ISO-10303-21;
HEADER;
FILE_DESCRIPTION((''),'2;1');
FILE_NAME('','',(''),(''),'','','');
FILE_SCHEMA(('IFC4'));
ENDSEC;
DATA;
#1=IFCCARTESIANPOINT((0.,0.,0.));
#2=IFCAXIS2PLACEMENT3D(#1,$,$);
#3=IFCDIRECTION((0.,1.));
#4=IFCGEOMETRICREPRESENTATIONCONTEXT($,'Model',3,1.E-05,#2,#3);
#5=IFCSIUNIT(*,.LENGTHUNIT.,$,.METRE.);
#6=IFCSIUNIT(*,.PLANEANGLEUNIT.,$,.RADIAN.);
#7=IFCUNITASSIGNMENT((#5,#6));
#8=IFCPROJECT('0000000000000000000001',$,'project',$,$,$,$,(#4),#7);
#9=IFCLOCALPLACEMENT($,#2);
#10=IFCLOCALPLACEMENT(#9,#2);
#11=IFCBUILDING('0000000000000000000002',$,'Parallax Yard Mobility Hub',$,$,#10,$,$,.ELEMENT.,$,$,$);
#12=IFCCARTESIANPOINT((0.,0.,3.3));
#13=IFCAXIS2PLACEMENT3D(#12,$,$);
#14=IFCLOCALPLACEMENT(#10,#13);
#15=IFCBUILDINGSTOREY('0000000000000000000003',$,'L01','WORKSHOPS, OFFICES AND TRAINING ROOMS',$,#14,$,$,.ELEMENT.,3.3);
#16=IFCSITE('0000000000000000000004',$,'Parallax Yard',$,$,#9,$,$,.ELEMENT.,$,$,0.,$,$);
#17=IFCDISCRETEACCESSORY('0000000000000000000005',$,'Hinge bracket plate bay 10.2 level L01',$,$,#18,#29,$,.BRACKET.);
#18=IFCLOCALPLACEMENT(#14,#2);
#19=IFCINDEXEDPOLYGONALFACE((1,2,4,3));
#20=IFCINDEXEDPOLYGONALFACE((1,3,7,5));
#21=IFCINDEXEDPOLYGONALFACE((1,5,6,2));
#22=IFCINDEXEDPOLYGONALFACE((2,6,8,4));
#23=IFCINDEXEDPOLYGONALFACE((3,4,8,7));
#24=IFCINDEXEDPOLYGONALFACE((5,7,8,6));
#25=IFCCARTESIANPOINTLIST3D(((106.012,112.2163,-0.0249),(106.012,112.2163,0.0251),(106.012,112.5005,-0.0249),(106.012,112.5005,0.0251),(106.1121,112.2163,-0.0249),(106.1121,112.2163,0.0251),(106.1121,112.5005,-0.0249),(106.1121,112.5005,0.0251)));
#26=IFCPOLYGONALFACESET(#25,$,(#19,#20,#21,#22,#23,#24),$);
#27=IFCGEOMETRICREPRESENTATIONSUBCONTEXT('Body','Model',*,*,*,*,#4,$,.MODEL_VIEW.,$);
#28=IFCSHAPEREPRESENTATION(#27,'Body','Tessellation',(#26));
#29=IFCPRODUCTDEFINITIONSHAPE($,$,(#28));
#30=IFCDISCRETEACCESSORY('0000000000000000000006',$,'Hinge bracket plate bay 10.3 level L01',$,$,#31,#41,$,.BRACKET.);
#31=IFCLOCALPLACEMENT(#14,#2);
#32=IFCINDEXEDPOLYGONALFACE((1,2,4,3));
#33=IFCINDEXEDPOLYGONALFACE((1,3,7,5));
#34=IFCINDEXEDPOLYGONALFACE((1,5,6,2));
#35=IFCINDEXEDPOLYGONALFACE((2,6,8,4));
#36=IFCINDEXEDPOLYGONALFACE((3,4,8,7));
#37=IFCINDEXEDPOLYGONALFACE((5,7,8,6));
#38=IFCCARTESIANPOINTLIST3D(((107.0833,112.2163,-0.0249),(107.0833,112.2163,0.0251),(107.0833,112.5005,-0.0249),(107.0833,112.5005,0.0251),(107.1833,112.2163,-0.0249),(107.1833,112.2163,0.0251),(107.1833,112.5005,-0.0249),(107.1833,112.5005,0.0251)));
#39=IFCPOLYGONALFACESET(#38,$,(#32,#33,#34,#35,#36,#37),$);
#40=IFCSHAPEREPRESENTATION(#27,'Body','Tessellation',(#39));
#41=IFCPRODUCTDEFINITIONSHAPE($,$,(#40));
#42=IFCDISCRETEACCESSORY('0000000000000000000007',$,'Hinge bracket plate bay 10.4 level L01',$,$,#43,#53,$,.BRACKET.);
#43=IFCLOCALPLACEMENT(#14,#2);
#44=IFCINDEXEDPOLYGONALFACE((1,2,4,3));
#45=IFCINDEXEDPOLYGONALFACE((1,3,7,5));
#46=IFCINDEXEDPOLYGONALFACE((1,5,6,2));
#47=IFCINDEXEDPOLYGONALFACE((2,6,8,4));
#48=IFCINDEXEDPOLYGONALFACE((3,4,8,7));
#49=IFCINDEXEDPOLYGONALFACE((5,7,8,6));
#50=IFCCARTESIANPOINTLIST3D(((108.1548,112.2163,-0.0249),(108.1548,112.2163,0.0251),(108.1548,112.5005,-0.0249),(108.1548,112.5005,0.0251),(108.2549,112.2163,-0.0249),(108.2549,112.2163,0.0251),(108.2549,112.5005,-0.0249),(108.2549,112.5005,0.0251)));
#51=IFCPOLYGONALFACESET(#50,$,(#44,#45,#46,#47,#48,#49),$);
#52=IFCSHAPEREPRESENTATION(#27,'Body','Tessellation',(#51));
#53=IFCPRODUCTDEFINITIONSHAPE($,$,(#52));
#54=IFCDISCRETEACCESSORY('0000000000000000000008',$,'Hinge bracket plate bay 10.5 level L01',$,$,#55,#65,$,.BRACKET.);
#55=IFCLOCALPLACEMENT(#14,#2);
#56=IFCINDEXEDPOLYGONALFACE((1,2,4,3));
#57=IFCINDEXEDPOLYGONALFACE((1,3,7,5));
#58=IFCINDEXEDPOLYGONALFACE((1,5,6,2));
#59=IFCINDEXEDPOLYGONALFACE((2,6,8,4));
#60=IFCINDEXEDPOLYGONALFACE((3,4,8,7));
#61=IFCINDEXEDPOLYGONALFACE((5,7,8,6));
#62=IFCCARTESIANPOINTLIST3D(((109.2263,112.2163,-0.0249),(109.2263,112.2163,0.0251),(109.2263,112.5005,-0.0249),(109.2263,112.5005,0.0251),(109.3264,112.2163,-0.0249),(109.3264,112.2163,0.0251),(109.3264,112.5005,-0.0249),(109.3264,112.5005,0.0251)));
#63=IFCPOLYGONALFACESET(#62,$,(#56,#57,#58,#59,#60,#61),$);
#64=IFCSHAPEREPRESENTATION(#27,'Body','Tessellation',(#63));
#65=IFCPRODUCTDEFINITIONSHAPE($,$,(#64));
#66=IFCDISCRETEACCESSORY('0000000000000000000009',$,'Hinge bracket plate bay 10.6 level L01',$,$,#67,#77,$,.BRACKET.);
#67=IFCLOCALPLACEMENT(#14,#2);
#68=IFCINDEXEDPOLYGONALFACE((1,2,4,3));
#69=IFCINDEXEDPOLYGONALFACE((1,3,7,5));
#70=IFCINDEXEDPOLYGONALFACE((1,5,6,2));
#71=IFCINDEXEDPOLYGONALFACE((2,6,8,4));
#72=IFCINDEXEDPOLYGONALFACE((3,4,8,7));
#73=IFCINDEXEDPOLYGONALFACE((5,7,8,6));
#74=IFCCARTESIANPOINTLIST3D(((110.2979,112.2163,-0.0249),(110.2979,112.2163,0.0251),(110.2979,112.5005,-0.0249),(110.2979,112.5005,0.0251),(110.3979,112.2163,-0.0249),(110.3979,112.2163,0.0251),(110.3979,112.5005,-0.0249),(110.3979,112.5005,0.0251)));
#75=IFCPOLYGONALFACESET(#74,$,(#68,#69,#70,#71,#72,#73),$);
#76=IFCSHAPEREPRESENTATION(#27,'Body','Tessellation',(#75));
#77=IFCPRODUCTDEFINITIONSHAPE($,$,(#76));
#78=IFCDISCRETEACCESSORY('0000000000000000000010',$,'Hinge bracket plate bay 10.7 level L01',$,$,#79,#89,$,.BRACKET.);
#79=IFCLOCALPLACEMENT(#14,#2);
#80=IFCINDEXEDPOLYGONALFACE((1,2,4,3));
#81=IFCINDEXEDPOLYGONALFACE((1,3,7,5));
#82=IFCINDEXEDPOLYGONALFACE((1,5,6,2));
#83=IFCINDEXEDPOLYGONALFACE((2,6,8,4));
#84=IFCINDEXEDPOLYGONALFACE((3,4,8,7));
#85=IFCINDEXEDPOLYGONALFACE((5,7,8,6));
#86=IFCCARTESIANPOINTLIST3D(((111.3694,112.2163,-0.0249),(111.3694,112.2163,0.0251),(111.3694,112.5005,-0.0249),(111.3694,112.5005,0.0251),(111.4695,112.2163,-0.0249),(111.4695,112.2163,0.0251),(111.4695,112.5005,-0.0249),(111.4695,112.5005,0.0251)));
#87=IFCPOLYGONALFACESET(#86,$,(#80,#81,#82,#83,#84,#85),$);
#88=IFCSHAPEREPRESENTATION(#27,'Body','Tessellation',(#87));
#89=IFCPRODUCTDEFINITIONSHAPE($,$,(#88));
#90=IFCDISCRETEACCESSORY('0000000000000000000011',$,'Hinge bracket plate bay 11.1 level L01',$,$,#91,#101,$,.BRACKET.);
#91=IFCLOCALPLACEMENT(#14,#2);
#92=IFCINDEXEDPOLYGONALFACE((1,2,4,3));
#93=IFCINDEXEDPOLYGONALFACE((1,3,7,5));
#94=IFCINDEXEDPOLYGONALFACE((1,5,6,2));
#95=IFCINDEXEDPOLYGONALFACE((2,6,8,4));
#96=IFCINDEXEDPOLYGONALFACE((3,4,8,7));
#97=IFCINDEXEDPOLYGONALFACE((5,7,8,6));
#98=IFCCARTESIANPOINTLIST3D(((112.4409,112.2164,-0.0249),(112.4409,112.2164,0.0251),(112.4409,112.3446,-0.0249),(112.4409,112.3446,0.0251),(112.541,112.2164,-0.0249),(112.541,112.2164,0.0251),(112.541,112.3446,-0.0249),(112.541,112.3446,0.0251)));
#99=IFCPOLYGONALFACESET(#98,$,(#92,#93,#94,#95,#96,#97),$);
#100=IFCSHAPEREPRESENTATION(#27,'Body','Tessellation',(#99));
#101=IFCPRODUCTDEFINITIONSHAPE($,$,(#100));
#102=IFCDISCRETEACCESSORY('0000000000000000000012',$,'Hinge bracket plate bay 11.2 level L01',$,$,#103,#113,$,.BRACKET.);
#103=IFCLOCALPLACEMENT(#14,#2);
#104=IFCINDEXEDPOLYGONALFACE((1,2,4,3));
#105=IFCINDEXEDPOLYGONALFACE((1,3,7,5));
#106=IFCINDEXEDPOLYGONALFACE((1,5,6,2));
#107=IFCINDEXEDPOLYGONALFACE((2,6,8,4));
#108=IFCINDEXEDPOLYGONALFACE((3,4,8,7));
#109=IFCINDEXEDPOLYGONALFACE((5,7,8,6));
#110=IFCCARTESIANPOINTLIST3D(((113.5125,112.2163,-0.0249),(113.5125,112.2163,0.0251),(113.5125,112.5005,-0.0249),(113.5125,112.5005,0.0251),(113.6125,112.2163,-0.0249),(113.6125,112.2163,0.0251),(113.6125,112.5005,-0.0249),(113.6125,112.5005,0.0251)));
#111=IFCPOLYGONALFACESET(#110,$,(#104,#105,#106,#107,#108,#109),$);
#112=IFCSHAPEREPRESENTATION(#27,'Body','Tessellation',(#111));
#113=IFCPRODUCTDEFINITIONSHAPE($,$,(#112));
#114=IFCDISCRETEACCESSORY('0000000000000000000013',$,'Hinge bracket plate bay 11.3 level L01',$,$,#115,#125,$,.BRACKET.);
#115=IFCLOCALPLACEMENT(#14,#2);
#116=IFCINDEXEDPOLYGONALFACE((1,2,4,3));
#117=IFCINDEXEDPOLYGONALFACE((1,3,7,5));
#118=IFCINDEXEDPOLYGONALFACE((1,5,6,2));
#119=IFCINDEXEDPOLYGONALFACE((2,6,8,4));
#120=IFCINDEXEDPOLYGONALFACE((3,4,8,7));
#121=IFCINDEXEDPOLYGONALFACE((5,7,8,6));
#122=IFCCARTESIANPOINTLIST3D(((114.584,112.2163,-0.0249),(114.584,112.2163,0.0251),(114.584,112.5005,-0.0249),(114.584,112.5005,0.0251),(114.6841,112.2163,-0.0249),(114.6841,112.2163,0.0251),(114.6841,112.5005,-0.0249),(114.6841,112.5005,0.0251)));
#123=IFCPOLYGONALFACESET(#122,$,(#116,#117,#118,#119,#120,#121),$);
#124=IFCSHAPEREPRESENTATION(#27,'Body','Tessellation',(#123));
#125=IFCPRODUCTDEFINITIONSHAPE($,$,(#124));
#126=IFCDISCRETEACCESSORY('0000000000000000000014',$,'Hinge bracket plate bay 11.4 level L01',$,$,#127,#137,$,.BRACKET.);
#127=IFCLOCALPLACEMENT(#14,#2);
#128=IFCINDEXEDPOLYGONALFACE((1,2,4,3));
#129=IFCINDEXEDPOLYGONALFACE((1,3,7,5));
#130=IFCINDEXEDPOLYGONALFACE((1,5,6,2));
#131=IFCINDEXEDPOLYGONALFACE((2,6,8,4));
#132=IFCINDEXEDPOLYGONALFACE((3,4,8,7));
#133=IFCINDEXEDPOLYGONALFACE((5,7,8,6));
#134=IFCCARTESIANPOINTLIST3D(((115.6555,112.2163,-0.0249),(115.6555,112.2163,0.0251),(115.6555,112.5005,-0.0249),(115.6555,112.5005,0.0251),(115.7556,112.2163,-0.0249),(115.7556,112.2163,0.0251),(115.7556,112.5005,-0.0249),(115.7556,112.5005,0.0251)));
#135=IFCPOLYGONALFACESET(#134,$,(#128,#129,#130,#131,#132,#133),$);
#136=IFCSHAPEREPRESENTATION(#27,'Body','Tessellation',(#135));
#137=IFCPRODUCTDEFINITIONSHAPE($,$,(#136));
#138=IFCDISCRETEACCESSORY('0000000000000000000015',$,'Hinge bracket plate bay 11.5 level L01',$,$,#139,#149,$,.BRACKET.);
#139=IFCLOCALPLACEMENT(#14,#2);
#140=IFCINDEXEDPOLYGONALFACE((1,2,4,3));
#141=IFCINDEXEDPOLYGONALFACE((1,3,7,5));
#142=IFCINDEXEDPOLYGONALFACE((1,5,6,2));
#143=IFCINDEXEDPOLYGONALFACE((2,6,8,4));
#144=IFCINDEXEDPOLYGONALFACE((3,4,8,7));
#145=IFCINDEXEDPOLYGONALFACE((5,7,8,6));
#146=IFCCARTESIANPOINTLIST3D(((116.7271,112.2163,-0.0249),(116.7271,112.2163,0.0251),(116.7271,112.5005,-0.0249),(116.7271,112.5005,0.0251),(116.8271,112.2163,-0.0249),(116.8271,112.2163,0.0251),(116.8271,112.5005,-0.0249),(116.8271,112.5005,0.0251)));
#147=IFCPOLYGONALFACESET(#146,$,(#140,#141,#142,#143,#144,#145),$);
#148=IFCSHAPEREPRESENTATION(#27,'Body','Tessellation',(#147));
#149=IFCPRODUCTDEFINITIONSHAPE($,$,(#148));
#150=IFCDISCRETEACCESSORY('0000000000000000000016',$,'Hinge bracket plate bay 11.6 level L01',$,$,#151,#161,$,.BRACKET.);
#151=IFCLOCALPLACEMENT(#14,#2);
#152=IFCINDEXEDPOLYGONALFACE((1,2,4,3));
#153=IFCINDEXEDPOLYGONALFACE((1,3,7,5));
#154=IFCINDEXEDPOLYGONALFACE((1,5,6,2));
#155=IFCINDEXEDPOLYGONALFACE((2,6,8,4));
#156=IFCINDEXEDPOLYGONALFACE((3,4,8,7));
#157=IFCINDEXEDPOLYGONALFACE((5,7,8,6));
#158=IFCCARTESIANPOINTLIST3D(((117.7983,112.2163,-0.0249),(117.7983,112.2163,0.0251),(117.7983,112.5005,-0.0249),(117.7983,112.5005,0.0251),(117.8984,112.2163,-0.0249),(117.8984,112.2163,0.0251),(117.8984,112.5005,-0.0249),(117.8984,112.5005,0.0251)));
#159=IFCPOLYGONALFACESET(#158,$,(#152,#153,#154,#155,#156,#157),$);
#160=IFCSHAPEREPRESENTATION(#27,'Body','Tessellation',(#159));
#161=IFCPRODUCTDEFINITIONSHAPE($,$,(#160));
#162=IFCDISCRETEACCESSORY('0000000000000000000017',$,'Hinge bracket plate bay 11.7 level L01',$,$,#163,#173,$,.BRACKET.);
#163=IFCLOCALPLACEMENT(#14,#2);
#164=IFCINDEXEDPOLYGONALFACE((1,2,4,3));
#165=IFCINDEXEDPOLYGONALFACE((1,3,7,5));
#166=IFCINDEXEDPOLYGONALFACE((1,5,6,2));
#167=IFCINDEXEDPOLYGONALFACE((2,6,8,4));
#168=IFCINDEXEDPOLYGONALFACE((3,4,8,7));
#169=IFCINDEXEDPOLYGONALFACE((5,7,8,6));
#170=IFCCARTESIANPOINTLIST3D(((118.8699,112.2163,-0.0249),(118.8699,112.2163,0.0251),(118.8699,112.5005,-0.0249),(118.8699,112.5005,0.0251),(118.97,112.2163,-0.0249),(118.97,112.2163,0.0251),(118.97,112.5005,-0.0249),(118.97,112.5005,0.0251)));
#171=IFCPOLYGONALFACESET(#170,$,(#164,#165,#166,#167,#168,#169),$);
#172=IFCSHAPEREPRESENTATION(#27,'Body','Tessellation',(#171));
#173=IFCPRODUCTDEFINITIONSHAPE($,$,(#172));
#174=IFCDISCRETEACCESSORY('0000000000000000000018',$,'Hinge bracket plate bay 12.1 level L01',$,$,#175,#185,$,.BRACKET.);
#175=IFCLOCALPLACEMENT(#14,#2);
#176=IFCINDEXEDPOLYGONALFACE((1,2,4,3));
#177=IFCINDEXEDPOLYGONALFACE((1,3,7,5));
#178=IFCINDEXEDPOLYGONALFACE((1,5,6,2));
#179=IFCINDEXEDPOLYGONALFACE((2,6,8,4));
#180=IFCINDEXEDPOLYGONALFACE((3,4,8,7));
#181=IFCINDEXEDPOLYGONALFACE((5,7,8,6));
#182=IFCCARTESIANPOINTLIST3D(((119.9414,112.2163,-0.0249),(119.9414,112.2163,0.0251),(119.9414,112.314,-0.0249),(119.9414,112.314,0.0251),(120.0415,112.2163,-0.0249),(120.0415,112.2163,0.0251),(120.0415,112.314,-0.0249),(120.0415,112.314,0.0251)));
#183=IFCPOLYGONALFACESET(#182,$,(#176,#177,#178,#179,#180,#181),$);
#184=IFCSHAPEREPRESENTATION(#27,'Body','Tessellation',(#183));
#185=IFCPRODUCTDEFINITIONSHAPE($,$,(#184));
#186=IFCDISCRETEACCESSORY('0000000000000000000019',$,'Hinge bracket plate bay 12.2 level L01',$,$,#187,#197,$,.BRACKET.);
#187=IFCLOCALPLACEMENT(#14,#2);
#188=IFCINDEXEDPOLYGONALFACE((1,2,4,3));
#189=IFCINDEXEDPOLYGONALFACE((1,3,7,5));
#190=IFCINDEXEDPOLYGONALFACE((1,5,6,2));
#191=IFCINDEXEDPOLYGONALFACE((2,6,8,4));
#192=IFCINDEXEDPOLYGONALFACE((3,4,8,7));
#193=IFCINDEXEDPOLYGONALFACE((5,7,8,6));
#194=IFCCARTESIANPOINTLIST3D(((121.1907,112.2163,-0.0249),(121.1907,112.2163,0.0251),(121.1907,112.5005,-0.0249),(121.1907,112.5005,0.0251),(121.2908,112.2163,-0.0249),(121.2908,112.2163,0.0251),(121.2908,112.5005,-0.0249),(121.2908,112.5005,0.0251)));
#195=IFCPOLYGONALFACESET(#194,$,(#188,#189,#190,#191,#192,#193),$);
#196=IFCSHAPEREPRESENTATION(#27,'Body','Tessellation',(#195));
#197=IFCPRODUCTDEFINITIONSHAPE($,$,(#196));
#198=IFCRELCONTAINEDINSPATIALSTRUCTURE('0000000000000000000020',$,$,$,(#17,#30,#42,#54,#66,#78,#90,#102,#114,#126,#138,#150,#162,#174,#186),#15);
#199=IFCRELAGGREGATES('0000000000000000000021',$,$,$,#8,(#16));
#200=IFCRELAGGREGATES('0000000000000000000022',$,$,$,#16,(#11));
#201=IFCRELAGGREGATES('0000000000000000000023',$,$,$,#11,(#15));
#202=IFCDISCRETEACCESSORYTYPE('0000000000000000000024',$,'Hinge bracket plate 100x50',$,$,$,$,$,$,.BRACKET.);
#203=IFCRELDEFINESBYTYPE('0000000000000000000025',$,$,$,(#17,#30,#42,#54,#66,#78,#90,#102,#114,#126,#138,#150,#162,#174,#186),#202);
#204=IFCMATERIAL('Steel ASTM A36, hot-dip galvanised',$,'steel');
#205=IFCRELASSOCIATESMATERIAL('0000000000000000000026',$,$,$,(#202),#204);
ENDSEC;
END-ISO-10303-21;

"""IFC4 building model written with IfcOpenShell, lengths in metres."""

from ifc_helpers import new_model, si_unit, direction, frame, origin, origin_2d, place, context, subcontext, project, spatial, rectangle, extrude, material, type_object, element, save


model = new_model("IFC4")

# Units and contexts
model_context = context("Model", 3, precision=1e-05, world=origin(), true_north=direction((0.0, 1.0)))
body_context = subcontext(model_context, "Body", "Model", "MODEL_VIEW")
ifc_project = project(units=[si_unit("LENGTHUNIT", "METRE"), si_unit("PLANEANGLEUNIT", "RADIAN")], contexts=[model_context])

# Site, building, storey
site_placement = place(None, origin())
site = spatial("IfcSite", under=ifc_project, at=site_placement, Name="Parallax Yard", CompositionType="ELEMENT", RefElevation=0.0)
building_placement = place(site_placement, origin())
building = spatial("IfcBuilding", under=site, at=building_placement, Name="Parallax Yard Mobility Hub", CompositionType="ELEMENT")
storey_placement = place(building_placement, frame((0.0, 0.0, 3.3)))
storey = spatial("IfcBuildingStorey", under=building, at=storey_placement, Name="L01", Description="WORKSHOPS, OFFICES AND TRAINING ROOMS", CompositionType="ELEMENT", Elevation=3.3)

# Discrete accessories
ifc_material_1 = material(Name="Steel ASTM A36, hot-dip galvanised", Category="steel")
discrete_accessory_type_1 = type_object("IfcDiscreteAccessoryType", Name="Hinge bracket plate 100x50", PredefinedType="BRACKET", material=ifc_material_1)
for number, where, z_axis, x_axis, name in (
    (1, (106.062, 112.3584, -0.0249), (0.0, 0.0, 1.0), (0.0, -1.0, 0.0), "Hinge bracket plate bay 10.2 level L01"),
    (2, (107.1333, 112.3584, -0.0249), (0.0, 0.0, 1.0), (0.0, -1.0, 0.0), "Hinge bracket plate bay 10.3 level L01"),
    (3, (108.2048, 112.3584, -0.0249), (0.0, 0.0, 1.0), (0.0, -1.0, 0.0), "Hinge bracket plate bay 10.4 level L01"),
    (4, (109.2764, 112.3584, -0.0249), (0.0, 0.0, 1.0), (0.0, -1.0, 0.0), "Hinge bracket plate bay 10.5 level L01"),
    (5, (110.3479, 112.3584, -0.0249), (0.0, 0.0, 1.0), (0.0, -1.0, 0.0), "Hinge bracket plate bay 10.6 level L01"),
    (6, (111.4194, 112.3584, -0.0249), (0.0, 0.0, 1.0), (0.0, -1.0, 0.0), "Hinge bracket plate bay 10.7 level L01"),
):
    element("IfcDiscreteAccessory", number, at=place(storey_placement, frame(where, z_axis=z_axis, x_axis=x_axis)), inside=storey, type_object=discrete_accessory_type_1, Name=name, PredefinedType="BRACKET", context=body_context, shape_type="SweptSolid", body=[
        extrude(rectangle(XDim=0.2842, YDim=0.1001, at=origin_2d()), origin(), (0.0, 0.0, 1.0), 0.05),
    ])
discrete_accessory_1_placement = place(storey_placement, frame((112.491, 112.2805, -0.0249), z_axis=(0.0, 0.0, 1.0), x_axis=(0.0, -1.0, 0.0)))
element("IfcDiscreteAccessory", 7, at=discrete_accessory_1_placement, inside=storey, type_object=discrete_accessory_type_1, Name="Hinge bracket plate bay 11.1 level L01", PredefinedType="BRACKET", context=body_context, shape_type="SweptSolid", body=[
    extrude(rectangle(XDim=0.1282, YDim=0.1001, at=origin_2d()), origin(), (0.0, 0.0, 1.0), 0.05),
])
for number, where, z_axis, x_axis, name in (
    (8, (113.5625, 112.3584, -0.0249), (0.0, 0.0, 1.0), (0.0, -1.0, 0.0), "Hinge bracket plate bay 11.2 level L01"),
    (9, (114.634, 112.3584, -0.0249), (0.0, 0.0, 1.0), (0.0, -1.0, 0.0), "Hinge bracket plate bay 11.3 level L01"),
    (10, (115.7056, 112.3584, -0.0249), (0.0, 0.0, 1.0), (0.0, -1.0, 0.0), "Hinge bracket plate bay 11.4 level L01"),
    (11, (116.7771, 112.3584, -0.0249), (0.0, 0.0, 1.0), (0.0, -1.0, 0.0), "Hinge bracket plate bay 11.5 level L01"),
    (12, (117.8484, 112.3584, -0.0249), (0.0, 0.0, 1.0), (0.0, -1.0, 0.0), "Hinge bracket plate bay 11.6 level L01"),
    (13, (118.9199, 112.3584, -0.0249), (0.0, 0.0, 1.0), (0.0, -1.0, 0.0), "Hinge bracket plate bay 11.7 level L01"),
):
    element("IfcDiscreteAccessory", number, at=place(storey_placement, frame(where, z_axis=z_axis, x_axis=x_axis)), inside=storey, type_object=discrete_accessory_type_1, Name=name, PredefinedType="BRACKET", context=body_context, shape_type="SweptSolid", body=[
        extrude(rectangle(XDim=0.2842, YDim=0.1001, at=origin_2d()), origin(), (0.0, 0.0, 1.0), 0.05),
    ])
discrete_accessory_2_placement = place(storey_placement, frame((119.9915, 112.2651, -0.0249), z_axis=(0.0, 0.0, 1.0), x_axis=(0.0, -1.0, 0.0)))
element("IfcDiscreteAccessory", 14, at=discrete_accessory_2_placement, inside=storey, type_object=discrete_accessory_type_1, Name="Hinge bracket plate bay 12.1 level L01", PredefinedType="BRACKET", context=body_context, shape_type="SweptSolid", body=[
    extrude(rectangle(XDim=0.0977, YDim=0.1001, at=origin_2d()), origin(), (0.0, 0.0, 1.0), 0.05),
])
discrete_accessory_3_placement = place(storey_placement, frame((121.2407, 112.3584, -0.0249), z_axis=(0.0, 0.0, 1.0), x_axis=(0.0, -1.0, 0.0)))
element("IfcDiscreteAccessory", 15, at=discrete_accessory_3_placement, inside=storey, type_object=discrete_accessory_type_1, Name="Hinge bracket plate bay 12.2 level L01", PredefinedType="BRACKET", context=body_context, shape_type="SweptSolid", body=[
    extrude(rectangle(XDim=0.2842, YDim=0.1001, at=origin_2d()), origin(), (0.0, 0.0, 1.0), 0.05),
])

save(model, "model.ifc")
